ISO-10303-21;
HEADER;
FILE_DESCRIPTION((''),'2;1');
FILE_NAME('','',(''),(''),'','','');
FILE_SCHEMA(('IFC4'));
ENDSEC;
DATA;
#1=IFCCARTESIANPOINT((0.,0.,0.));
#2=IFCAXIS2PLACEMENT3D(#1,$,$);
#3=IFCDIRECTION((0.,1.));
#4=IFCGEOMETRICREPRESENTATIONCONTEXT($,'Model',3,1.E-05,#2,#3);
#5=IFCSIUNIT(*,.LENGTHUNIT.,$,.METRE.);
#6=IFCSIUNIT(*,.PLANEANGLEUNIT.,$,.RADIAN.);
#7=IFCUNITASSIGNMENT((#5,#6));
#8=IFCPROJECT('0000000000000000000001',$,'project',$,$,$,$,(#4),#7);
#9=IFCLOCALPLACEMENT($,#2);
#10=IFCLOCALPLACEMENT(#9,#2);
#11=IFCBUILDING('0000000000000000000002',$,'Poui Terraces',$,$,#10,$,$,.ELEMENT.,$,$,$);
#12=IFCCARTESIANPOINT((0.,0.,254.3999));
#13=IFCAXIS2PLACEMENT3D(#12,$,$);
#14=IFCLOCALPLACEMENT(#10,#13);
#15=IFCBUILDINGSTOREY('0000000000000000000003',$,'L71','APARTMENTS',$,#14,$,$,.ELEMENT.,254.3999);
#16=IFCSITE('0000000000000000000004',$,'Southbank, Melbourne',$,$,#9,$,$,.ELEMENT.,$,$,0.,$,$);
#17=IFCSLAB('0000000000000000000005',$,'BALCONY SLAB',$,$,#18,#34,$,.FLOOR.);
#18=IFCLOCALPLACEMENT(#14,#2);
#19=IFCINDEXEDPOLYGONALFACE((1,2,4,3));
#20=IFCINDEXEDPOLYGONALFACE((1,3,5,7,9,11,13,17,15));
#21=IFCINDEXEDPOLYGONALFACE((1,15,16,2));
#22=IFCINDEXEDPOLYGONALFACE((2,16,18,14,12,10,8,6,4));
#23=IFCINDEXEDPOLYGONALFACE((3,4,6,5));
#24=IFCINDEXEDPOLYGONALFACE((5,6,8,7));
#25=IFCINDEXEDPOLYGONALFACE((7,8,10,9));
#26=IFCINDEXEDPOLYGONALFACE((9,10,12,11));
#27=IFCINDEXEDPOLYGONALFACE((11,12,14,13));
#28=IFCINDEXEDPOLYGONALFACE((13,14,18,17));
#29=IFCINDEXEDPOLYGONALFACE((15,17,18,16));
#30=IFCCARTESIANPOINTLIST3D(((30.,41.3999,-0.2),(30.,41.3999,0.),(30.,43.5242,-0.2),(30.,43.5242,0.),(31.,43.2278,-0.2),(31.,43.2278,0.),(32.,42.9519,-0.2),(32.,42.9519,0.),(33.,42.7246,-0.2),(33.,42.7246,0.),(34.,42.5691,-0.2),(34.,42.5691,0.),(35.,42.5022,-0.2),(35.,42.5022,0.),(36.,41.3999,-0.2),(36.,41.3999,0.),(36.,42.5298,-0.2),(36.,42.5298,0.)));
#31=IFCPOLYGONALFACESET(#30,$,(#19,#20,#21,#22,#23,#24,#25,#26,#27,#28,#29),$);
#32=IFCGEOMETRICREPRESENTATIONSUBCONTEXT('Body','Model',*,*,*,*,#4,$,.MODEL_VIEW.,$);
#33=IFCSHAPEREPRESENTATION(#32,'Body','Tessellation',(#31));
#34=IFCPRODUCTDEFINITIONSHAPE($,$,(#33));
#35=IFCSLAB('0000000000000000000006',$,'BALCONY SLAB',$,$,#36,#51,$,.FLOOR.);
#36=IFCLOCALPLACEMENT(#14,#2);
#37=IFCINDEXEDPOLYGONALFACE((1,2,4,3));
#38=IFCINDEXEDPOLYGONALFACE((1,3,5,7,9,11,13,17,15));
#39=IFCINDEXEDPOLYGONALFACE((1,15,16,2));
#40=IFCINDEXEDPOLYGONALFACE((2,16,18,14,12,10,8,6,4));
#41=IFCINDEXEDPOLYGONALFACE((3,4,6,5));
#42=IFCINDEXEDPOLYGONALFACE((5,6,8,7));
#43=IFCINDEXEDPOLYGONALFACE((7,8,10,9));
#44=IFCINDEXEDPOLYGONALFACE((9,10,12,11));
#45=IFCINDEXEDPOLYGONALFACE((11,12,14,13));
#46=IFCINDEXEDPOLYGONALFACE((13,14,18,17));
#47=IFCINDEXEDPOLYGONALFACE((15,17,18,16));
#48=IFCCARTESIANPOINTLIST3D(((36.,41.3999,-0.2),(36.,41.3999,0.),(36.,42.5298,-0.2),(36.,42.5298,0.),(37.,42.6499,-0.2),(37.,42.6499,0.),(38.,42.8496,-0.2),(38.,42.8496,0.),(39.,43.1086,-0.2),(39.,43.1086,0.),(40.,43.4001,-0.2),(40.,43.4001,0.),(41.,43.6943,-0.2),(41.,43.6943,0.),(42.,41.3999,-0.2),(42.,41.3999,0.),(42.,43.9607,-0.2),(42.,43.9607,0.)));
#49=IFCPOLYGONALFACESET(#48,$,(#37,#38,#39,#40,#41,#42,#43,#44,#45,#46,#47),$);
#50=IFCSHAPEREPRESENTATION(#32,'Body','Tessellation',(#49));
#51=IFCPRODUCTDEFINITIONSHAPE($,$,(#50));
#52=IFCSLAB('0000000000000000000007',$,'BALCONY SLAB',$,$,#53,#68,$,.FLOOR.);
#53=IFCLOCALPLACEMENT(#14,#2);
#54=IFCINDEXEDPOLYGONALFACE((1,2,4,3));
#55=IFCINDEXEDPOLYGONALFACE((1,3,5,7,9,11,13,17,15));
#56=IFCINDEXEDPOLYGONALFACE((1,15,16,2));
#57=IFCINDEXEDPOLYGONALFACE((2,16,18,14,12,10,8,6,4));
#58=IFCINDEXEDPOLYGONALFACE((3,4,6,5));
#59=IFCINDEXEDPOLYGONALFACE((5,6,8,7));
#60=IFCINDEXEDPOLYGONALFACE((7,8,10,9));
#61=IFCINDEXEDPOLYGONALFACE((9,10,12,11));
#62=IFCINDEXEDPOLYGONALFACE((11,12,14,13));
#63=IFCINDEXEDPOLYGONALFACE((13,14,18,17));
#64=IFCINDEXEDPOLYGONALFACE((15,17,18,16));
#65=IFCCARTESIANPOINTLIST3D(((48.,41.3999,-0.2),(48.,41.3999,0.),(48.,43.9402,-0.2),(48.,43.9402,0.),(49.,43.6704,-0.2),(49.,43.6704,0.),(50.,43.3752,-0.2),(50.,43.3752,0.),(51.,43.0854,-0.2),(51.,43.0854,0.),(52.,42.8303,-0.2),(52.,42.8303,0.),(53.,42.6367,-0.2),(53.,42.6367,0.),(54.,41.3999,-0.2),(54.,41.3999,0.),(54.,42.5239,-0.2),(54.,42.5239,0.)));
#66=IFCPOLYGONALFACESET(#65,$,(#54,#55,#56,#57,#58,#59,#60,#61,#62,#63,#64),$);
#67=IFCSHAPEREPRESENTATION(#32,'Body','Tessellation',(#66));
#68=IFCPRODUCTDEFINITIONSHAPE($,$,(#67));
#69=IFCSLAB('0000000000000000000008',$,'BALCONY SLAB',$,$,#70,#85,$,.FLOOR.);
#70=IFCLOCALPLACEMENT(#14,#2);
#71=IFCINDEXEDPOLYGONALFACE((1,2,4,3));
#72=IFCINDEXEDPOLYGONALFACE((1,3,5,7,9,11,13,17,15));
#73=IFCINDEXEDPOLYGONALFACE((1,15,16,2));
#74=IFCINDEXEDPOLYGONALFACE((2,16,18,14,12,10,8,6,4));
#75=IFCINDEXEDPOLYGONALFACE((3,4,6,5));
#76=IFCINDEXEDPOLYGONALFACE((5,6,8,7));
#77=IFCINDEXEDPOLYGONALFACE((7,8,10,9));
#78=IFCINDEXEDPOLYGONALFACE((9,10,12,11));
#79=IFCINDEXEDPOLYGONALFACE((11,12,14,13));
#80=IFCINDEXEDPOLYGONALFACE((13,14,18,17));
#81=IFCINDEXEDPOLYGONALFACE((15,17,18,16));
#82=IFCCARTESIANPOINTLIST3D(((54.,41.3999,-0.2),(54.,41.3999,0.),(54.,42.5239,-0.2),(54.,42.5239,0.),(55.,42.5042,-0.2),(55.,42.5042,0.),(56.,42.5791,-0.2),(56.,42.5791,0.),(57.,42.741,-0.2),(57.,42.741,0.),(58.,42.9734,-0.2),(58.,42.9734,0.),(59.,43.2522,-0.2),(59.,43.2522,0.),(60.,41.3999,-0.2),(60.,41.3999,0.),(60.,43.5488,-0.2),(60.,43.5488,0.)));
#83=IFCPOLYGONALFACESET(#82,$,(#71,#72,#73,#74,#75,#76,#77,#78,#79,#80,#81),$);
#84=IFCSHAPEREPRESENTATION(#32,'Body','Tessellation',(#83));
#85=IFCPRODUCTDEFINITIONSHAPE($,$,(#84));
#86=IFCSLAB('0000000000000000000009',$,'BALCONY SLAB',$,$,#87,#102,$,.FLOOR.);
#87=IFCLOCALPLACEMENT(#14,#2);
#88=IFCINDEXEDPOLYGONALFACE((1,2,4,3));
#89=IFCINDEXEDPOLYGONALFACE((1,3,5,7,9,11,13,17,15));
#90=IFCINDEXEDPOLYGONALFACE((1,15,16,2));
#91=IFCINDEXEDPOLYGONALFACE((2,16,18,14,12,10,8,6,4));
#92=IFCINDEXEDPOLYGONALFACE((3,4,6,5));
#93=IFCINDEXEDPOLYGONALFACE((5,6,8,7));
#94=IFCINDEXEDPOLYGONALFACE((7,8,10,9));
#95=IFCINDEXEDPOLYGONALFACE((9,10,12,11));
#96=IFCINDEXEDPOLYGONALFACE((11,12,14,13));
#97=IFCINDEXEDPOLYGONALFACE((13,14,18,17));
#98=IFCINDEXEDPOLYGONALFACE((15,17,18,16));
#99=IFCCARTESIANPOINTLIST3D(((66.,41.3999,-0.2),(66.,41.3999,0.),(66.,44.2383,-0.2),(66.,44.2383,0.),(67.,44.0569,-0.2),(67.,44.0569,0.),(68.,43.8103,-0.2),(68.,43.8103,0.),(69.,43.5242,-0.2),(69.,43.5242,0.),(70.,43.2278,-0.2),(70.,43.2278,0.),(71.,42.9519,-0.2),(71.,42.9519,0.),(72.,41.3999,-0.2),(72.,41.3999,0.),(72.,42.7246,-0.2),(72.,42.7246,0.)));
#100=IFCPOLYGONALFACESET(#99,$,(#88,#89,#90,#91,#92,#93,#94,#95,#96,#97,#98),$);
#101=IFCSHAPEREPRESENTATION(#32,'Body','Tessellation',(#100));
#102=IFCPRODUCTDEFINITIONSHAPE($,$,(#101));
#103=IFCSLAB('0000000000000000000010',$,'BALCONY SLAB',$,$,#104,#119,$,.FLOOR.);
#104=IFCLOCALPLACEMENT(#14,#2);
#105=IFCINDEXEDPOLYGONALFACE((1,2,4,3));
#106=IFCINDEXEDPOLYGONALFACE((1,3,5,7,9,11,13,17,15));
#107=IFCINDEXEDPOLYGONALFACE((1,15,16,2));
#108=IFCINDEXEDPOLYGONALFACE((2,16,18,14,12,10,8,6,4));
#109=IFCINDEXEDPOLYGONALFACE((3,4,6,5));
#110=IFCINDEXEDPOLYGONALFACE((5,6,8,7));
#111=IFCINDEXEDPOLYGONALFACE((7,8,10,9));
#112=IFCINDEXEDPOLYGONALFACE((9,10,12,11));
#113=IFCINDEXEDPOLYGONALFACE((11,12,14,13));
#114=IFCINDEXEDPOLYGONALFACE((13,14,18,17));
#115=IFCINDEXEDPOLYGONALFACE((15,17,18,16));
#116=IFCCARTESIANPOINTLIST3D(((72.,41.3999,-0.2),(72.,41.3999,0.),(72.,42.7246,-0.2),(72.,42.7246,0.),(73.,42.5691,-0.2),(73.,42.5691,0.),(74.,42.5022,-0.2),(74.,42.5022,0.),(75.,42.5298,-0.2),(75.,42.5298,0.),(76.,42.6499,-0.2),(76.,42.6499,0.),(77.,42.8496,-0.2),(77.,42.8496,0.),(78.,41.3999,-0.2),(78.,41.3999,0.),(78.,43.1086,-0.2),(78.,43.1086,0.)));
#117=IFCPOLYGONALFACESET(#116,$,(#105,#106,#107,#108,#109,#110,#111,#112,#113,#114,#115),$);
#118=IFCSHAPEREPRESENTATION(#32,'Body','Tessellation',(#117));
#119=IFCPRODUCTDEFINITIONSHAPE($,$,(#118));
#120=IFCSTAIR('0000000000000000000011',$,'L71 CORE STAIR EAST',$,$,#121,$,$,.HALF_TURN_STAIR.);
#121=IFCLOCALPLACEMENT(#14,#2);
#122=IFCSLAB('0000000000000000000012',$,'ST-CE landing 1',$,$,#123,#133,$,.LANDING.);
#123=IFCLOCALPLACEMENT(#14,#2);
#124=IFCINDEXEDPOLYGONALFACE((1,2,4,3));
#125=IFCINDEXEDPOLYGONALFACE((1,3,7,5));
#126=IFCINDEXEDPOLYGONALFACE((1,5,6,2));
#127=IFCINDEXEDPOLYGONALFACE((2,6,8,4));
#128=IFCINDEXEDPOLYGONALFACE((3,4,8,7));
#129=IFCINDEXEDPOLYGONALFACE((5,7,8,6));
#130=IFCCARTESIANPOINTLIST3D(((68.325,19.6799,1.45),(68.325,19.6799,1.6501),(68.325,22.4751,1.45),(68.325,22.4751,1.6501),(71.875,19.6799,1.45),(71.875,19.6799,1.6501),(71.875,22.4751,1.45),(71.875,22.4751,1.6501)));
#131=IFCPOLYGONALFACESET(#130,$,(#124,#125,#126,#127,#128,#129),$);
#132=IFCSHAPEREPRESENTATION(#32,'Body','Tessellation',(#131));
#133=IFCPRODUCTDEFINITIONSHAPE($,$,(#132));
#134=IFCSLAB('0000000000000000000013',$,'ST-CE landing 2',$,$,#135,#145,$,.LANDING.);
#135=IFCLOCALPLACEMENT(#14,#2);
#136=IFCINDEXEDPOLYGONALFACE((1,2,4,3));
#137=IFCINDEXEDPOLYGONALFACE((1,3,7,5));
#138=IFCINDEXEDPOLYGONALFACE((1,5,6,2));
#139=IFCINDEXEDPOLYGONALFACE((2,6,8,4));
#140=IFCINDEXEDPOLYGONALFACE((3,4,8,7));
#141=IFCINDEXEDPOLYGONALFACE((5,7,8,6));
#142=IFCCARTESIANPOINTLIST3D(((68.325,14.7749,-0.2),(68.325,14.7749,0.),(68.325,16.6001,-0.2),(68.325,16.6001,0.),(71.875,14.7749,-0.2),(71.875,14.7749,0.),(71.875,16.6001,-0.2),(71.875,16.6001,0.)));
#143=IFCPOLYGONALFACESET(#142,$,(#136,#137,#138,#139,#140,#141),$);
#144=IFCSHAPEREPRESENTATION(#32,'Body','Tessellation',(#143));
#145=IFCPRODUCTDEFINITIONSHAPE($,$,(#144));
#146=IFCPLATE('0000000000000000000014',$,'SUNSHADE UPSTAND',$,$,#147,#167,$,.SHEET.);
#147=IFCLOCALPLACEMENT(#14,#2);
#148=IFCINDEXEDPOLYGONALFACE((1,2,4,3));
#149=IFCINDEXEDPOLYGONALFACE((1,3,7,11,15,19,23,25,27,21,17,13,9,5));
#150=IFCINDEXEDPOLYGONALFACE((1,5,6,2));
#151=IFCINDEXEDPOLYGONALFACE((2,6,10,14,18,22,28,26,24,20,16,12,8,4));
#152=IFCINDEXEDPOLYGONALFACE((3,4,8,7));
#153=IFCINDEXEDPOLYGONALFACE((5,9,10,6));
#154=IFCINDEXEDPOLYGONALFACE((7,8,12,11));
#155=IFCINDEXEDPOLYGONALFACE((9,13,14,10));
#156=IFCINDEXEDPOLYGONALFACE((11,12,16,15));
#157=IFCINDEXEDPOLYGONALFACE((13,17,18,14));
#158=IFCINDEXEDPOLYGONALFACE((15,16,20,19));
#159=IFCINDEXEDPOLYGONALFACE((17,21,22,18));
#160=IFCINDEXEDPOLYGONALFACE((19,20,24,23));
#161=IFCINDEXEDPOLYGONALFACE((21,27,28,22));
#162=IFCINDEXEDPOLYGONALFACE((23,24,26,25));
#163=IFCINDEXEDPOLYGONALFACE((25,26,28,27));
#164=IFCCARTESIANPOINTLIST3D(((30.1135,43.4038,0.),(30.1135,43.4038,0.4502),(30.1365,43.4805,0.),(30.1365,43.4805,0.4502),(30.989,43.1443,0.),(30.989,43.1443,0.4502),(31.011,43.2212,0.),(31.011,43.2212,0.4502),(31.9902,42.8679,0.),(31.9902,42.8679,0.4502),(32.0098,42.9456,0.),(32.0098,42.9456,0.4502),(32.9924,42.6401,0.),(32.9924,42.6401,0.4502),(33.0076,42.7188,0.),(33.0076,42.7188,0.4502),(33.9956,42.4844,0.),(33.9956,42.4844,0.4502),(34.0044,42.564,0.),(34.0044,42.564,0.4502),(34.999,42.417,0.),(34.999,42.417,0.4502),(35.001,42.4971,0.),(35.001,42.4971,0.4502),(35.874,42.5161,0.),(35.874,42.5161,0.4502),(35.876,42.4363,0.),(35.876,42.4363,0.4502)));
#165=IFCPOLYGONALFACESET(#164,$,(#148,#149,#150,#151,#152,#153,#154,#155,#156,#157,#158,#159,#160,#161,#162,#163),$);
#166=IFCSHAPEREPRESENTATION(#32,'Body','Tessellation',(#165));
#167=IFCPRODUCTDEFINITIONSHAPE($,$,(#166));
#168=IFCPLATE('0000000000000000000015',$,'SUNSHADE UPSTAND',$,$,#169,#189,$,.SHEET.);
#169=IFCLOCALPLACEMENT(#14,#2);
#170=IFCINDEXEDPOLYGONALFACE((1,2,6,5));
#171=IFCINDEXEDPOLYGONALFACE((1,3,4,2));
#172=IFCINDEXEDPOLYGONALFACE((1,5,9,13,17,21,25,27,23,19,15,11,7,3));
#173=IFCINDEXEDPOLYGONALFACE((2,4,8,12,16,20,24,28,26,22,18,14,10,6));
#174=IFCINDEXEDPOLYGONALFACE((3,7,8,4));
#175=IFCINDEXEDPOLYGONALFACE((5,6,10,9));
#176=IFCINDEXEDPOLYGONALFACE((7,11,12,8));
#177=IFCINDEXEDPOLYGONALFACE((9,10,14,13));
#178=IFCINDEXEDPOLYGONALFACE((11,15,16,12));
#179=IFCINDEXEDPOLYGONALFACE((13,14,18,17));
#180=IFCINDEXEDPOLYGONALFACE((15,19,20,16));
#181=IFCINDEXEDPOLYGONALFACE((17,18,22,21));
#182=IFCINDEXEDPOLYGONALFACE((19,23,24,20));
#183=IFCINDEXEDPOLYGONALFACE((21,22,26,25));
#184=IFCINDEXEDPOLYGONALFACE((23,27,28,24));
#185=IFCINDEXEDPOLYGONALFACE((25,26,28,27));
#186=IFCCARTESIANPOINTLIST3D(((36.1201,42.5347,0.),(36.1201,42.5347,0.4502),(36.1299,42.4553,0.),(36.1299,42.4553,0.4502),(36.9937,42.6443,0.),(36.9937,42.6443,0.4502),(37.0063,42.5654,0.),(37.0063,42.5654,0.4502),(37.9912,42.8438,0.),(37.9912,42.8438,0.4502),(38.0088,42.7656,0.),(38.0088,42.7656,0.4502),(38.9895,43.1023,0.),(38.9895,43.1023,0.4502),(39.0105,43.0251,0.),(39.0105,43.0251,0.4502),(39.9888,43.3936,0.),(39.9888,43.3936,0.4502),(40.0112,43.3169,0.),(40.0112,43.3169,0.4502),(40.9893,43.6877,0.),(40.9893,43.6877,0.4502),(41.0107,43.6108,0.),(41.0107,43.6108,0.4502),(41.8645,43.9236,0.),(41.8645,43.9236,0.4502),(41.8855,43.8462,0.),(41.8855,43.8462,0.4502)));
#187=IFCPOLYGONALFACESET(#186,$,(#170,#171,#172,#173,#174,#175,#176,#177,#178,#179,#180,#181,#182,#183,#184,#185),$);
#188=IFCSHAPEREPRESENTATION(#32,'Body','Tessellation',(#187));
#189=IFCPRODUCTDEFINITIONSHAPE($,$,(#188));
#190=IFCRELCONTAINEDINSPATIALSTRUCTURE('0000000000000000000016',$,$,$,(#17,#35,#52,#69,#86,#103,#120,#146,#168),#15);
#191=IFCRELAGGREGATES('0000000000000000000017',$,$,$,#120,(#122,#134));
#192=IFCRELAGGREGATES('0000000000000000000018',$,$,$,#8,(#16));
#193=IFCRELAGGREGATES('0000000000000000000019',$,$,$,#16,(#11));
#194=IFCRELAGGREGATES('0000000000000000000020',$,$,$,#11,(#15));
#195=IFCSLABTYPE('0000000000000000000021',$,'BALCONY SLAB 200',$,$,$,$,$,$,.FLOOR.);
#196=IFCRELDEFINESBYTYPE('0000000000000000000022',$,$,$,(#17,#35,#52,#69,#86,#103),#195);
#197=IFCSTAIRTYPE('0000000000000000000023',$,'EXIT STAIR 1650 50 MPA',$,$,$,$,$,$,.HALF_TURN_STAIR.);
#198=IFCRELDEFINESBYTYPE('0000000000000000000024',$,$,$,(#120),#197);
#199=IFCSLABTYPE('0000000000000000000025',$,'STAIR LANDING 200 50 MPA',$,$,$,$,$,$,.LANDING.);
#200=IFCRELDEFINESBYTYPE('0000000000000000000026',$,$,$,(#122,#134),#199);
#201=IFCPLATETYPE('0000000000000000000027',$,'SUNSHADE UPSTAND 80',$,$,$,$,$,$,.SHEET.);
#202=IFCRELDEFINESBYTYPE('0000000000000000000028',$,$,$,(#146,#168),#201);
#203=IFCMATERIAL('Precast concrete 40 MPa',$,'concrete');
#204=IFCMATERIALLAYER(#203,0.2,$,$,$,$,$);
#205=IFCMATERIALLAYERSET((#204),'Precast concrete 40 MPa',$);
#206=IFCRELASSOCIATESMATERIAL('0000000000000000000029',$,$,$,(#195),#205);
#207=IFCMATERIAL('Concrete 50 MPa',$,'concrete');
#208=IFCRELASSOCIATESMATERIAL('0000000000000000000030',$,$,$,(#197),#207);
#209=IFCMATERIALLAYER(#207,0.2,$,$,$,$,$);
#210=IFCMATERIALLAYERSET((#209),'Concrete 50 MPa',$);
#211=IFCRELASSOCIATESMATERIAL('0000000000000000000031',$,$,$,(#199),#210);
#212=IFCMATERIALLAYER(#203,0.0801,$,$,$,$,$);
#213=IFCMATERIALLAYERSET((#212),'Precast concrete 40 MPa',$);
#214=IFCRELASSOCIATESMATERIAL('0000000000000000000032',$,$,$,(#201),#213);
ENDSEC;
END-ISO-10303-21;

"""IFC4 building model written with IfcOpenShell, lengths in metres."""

from ifc_helpers import new_model, si_unit, direction, frame, origin, place, context, subcontext, project, spatial, polyline, outline, extrude, material, layer, layer_set, type_object, element, aggregate, save


model = new_model("IFC4")

# Units and contexts
model_context = context("Model", 3, precision=1e-05, world=origin(), true_north=direction((0.0, 1.0)))
body_context = subcontext(model_context, "Body", "Model", "MODEL_VIEW")
ifc_project = project(units=[si_unit("LENGTHUNIT", "METRE"), si_unit("PLANEANGLEUNIT", "RADIAN")], contexts=[model_context])

# Site, building, storey
site_placement = place(None, origin())
site = spatial("IfcSite", under=ifc_project, at=site_placement, Name="Southbank, Melbourne", CompositionType="ELEMENT", RefElevation=0.0)
building_placement = place(site_placement, origin())
building = spatial("IfcBuilding", under=site, at=building_placement, Name="Poui Terraces", CompositionType="ELEMENT")
storey_placement = place(building_placement, frame((0.0, 0.0, 254.3999)))
storey = spatial("IfcBuildingStorey", under=building, at=storey_placement, Name="L71", Description="APARTMENTS", CompositionType="ELEMENT", Elevation=254.3999)

# Slabs
ifc_material_1 = material(Name="Precast concrete 40 MPa", Category="concrete")
ifc_layer_1 = layer(ifc_material_1, 0.2)
ifc_layer_set_1 = layer_set([ifc_layer_1], Name="Precast concrete 40 MPa")
slab_type_1 = type_object("IfcSlabType", Name="BALCONY SLAB 200", PredefinedType="FLOOR", material=ifc_layer_set_1)
slab_1_placement = place(storey_placement, frame((0.0, 0.0, -0.2)))
element("IfcSlab", 1, at=slab_1_placement, inside=storey, type_object=slab_type_1, Name="BALCONY SLAB", PredefinedType="FLOOR", context=body_context, shape_type="SweptSolid", body=[
    extrude(outline(polyline([(30.0, 41.3999), (36.0, 41.3999), (36.0, 42.5298), (35.0, 42.5022), (34.0, 42.5691), (33.0, 42.7246), (32.0, 42.9519), (31.0, 43.2278), (30.0, 43.5242), (30.0, 41.3999)])), origin(), (0.0, 0.0, 1.0), 0.2),
])
slab_2_placement = place(storey_placement, frame((0.0, 0.0, -0.2)))
element("IfcSlab", 2, at=slab_2_placement, inside=storey, type_object=slab_type_1, Name="BALCONY SLAB", PredefinedType="FLOOR", context=body_context, shape_type="SweptSolid", body=[
    extrude(outline(polyline([(36.0, 41.3999), (42.0, 41.3999), (42.0, 43.9607), (41.0, 43.6943), (40.0, 43.4001), (39.0, 43.1086), (38.0, 42.8496), (37.0, 42.6499), (36.0, 42.5298), (36.0, 41.3999)])), origin(), (0.0, 0.0, 1.0), 0.2),
])
slab_3_placement = place(storey_placement, frame((0.0, 0.0, -0.2)))
element("IfcSlab", 3, at=slab_3_placement, inside=storey, type_object=slab_type_1, Name="BALCONY SLAB", PredefinedType="FLOOR", context=body_context, shape_type="SweptSolid", body=[
    extrude(outline(polyline([(48.0, 41.3999), (54.0, 41.3999), (54.0, 42.5239), (53.0, 42.6367), (52.0, 42.8303), (51.0, 43.0854), (50.0, 43.3752), (49.0, 43.6704), (48.0, 43.9402), (48.0, 41.3999)])), origin(), (0.0, 0.0, 1.0), 0.2),
])
slab_4_placement = place(storey_placement, frame((0.0, 0.0, -0.2)))
element("IfcSlab", 4, at=slab_4_placement, inside=storey, type_object=slab_type_1, Name="BALCONY SLAB", PredefinedType="FLOOR", context=body_context, shape_type="SweptSolid", body=[
    extrude(outline(polyline([(54.0, 41.3999), (60.0, 41.3999), (60.0, 43.5488), (59.0, 43.2522), (58.0, 42.9734), (57.0, 42.741), (56.0, 42.5791), (55.0, 42.5042), (54.0, 42.5239), (54.0, 41.3999)])), origin(), (0.0, 0.0, 1.0), 0.2),
])
slab_5_placement = place(storey_placement, frame((0.0, 0.0, -0.2)))
element("IfcSlab", 5, at=slab_5_placement, inside=storey, type_object=slab_type_1, Name="BALCONY SLAB", PredefinedType="FLOOR", context=body_context, shape_type="SweptSolid", body=[
    extrude(outline(polyline([(66.0, 41.3999), (72.0, 41.3999), (72.0, 42.7246), (71.0, 42.9519), (70.0, 43.2278), (69.0, 43.5242), (68.0, 43.8103), (67.0, 44.0569), (66.0, 44.2383), (66.0, 41.3999)])), origin(), (0.0, 0.0, 1.0), 0.2),
])
slab_6_placement = place(storey_placement, frame((0.0, 0.0, -0.2)))
element("IfcSlab", 6, at=slab_6_placement, inside=storey, type_object=slab_type_1, Name="BALCONY SLAB", PredefinedType="FLOOR", context=body_context, shape_type="SweptSolid", body=[
    extrude(outline(polyline([(72.0, 41.3999), (78.0, 41.3999), (78.0, 43.1086), (77.0, 42.8496), (76.0, 42.6499), (75.0, 42.5298), (74.0, 42.5022), (73.0, 42.5691), (72.0, 42.7246), (72.0, 41.3999)])), origin(), (0.0, 0.0, 1.0), 0.2),
])

# Stair, slabs
ifc_material_2 = material(Name="Concrete 50 MPa", Category="concrete")
stair_type = type_object("IfcStairType", Name="EXIT STAIR 1650 50 MPA", PredefinedType="HALF_TURN_STAIR", material=ifc_material_2)
stair_placement = place(storey_placement, origin())
stair = element("IfcStair", 7, at=stair_placement, inside=storey, type_object=stair_type, Name="L71 CORE STAIR EAST", PredefinedType="HALF_TURN_STAIR")
ifc_layer_2 = layer(ifc_material_2, 0.2)
ifc_layer_set_2 = layer_set([ifc_layer_2], Name="Concrete 50 MPa")
slab_type_2 = type_object("IfcSlabType", Name="STAIR LANDING 200 50 MPA", PredefinedType="LANDING", material=ifc_layer_set_2)
slab_7_placement = place(storey_placement, frame((0.0, 0.0, 1.45)))
slab_7 = element("IfcSlab", 8, at=slab_7_placement, type_object=slab_type_2, Name="ST-CE landing 1", PredefinedType="LANDING", context=body_context, shape_type="SweptSolid", body=[
    extrude(outline(polyline([(68.325, 19.6799), (71.875, 19.6799), (71.875, 22.4751), (68.325, 22.4751), (68.325, 19.6799)])), origin(), (0.0, 0.0, 1.0), 0.2002),
])
slab_8_placement = place(storey_placement, frame((0.0, 0.0, -0.2)))
slab_8 = element("IfcSlab", 9, at=slab_8_placement, type_object=slab_type_2, Name="ST-CE landing 2", PredefinedType="LANDING", context=body_context, shape_type="SweptSolid", body=[
    extrude(outline(polyline([(68.325, 14.7749), (71.875, 14.7749), (71.875, 16.6001), (68.325, 16.6001), (68.325, 14.7749)])), origin(), (0.0, 0.0, 1.0), 0.2),
])
aggregate(stair, [slab_7, slab_8])

# Plates
ifc_layer_3 = layer(ifc_material_1, 0.0801)
ifc_layer_set_3 = layer_set([ifc_layer_3], Name="Precast concrete 40 MPa")
plate_type = type_object("IfcPlateType", Name="SUNSHADE UPSTAND 80", PredefinedType="SHEET", material=ifc_layer_set_3)
plate_1_placement = place(storey_placement, origin())
element("IfcPlate", 10, at=plate_1_placement, inside=storey, type_object=plate_type, Name="SUNSHADE UPSTAND", PredefinedType="SHEET", context=body_context, shape_type="SweptSolid", body=[
    extrude(outline(polyline([(31.011, 43.2212), (30.1365, 43.4805), (30.1135, 43.4038), (30.989, 43.1443), (31.9902, 42.8679), (32.9924, 42.6401), (33.9956, 42.4844), (34.999, 42.417), (35.876, 42.4363), (35.874, 42.5161), (35.001, 42.4971), (34.0044, 42.564), (33.0076, 42.7188), (32.0098, 42.9456), (31.011, 43.2212)])), origin(), (0.0, 0.0, 1.0), 0.4502),
])
plate_2_placement = place(storey_placement, origin())
element("IfcPlate", 11, at=plate_2_placement, inside=storey, type_object=plate_type, Name="SUNSHADE UPSTAND", PredefinedType="SHEET", context=body_context, shape_type="SweptSolid", body=[
    extrude(outline(polyline([(36.9937, 42.6443), (36.1201, 42.5347), (36.1299, 42.4553), (37.0063, 42.5654), (38.0088, 42.7656), (39.0105, 43.0251), (40.0112, 43.3169), (41.0107, 43.6108), (41.8855, 43.8462), (41.8645, 43.9236), (40.9893, 43.6877), (39.9888, 43.3936), (38.9895, 43.1023), (37.9912, 42.8438), (36.9937, 42.6443)])), origin(), (0.0, 0.0, 1.0), 0.4502),
])

save(model, "model.ifc")
